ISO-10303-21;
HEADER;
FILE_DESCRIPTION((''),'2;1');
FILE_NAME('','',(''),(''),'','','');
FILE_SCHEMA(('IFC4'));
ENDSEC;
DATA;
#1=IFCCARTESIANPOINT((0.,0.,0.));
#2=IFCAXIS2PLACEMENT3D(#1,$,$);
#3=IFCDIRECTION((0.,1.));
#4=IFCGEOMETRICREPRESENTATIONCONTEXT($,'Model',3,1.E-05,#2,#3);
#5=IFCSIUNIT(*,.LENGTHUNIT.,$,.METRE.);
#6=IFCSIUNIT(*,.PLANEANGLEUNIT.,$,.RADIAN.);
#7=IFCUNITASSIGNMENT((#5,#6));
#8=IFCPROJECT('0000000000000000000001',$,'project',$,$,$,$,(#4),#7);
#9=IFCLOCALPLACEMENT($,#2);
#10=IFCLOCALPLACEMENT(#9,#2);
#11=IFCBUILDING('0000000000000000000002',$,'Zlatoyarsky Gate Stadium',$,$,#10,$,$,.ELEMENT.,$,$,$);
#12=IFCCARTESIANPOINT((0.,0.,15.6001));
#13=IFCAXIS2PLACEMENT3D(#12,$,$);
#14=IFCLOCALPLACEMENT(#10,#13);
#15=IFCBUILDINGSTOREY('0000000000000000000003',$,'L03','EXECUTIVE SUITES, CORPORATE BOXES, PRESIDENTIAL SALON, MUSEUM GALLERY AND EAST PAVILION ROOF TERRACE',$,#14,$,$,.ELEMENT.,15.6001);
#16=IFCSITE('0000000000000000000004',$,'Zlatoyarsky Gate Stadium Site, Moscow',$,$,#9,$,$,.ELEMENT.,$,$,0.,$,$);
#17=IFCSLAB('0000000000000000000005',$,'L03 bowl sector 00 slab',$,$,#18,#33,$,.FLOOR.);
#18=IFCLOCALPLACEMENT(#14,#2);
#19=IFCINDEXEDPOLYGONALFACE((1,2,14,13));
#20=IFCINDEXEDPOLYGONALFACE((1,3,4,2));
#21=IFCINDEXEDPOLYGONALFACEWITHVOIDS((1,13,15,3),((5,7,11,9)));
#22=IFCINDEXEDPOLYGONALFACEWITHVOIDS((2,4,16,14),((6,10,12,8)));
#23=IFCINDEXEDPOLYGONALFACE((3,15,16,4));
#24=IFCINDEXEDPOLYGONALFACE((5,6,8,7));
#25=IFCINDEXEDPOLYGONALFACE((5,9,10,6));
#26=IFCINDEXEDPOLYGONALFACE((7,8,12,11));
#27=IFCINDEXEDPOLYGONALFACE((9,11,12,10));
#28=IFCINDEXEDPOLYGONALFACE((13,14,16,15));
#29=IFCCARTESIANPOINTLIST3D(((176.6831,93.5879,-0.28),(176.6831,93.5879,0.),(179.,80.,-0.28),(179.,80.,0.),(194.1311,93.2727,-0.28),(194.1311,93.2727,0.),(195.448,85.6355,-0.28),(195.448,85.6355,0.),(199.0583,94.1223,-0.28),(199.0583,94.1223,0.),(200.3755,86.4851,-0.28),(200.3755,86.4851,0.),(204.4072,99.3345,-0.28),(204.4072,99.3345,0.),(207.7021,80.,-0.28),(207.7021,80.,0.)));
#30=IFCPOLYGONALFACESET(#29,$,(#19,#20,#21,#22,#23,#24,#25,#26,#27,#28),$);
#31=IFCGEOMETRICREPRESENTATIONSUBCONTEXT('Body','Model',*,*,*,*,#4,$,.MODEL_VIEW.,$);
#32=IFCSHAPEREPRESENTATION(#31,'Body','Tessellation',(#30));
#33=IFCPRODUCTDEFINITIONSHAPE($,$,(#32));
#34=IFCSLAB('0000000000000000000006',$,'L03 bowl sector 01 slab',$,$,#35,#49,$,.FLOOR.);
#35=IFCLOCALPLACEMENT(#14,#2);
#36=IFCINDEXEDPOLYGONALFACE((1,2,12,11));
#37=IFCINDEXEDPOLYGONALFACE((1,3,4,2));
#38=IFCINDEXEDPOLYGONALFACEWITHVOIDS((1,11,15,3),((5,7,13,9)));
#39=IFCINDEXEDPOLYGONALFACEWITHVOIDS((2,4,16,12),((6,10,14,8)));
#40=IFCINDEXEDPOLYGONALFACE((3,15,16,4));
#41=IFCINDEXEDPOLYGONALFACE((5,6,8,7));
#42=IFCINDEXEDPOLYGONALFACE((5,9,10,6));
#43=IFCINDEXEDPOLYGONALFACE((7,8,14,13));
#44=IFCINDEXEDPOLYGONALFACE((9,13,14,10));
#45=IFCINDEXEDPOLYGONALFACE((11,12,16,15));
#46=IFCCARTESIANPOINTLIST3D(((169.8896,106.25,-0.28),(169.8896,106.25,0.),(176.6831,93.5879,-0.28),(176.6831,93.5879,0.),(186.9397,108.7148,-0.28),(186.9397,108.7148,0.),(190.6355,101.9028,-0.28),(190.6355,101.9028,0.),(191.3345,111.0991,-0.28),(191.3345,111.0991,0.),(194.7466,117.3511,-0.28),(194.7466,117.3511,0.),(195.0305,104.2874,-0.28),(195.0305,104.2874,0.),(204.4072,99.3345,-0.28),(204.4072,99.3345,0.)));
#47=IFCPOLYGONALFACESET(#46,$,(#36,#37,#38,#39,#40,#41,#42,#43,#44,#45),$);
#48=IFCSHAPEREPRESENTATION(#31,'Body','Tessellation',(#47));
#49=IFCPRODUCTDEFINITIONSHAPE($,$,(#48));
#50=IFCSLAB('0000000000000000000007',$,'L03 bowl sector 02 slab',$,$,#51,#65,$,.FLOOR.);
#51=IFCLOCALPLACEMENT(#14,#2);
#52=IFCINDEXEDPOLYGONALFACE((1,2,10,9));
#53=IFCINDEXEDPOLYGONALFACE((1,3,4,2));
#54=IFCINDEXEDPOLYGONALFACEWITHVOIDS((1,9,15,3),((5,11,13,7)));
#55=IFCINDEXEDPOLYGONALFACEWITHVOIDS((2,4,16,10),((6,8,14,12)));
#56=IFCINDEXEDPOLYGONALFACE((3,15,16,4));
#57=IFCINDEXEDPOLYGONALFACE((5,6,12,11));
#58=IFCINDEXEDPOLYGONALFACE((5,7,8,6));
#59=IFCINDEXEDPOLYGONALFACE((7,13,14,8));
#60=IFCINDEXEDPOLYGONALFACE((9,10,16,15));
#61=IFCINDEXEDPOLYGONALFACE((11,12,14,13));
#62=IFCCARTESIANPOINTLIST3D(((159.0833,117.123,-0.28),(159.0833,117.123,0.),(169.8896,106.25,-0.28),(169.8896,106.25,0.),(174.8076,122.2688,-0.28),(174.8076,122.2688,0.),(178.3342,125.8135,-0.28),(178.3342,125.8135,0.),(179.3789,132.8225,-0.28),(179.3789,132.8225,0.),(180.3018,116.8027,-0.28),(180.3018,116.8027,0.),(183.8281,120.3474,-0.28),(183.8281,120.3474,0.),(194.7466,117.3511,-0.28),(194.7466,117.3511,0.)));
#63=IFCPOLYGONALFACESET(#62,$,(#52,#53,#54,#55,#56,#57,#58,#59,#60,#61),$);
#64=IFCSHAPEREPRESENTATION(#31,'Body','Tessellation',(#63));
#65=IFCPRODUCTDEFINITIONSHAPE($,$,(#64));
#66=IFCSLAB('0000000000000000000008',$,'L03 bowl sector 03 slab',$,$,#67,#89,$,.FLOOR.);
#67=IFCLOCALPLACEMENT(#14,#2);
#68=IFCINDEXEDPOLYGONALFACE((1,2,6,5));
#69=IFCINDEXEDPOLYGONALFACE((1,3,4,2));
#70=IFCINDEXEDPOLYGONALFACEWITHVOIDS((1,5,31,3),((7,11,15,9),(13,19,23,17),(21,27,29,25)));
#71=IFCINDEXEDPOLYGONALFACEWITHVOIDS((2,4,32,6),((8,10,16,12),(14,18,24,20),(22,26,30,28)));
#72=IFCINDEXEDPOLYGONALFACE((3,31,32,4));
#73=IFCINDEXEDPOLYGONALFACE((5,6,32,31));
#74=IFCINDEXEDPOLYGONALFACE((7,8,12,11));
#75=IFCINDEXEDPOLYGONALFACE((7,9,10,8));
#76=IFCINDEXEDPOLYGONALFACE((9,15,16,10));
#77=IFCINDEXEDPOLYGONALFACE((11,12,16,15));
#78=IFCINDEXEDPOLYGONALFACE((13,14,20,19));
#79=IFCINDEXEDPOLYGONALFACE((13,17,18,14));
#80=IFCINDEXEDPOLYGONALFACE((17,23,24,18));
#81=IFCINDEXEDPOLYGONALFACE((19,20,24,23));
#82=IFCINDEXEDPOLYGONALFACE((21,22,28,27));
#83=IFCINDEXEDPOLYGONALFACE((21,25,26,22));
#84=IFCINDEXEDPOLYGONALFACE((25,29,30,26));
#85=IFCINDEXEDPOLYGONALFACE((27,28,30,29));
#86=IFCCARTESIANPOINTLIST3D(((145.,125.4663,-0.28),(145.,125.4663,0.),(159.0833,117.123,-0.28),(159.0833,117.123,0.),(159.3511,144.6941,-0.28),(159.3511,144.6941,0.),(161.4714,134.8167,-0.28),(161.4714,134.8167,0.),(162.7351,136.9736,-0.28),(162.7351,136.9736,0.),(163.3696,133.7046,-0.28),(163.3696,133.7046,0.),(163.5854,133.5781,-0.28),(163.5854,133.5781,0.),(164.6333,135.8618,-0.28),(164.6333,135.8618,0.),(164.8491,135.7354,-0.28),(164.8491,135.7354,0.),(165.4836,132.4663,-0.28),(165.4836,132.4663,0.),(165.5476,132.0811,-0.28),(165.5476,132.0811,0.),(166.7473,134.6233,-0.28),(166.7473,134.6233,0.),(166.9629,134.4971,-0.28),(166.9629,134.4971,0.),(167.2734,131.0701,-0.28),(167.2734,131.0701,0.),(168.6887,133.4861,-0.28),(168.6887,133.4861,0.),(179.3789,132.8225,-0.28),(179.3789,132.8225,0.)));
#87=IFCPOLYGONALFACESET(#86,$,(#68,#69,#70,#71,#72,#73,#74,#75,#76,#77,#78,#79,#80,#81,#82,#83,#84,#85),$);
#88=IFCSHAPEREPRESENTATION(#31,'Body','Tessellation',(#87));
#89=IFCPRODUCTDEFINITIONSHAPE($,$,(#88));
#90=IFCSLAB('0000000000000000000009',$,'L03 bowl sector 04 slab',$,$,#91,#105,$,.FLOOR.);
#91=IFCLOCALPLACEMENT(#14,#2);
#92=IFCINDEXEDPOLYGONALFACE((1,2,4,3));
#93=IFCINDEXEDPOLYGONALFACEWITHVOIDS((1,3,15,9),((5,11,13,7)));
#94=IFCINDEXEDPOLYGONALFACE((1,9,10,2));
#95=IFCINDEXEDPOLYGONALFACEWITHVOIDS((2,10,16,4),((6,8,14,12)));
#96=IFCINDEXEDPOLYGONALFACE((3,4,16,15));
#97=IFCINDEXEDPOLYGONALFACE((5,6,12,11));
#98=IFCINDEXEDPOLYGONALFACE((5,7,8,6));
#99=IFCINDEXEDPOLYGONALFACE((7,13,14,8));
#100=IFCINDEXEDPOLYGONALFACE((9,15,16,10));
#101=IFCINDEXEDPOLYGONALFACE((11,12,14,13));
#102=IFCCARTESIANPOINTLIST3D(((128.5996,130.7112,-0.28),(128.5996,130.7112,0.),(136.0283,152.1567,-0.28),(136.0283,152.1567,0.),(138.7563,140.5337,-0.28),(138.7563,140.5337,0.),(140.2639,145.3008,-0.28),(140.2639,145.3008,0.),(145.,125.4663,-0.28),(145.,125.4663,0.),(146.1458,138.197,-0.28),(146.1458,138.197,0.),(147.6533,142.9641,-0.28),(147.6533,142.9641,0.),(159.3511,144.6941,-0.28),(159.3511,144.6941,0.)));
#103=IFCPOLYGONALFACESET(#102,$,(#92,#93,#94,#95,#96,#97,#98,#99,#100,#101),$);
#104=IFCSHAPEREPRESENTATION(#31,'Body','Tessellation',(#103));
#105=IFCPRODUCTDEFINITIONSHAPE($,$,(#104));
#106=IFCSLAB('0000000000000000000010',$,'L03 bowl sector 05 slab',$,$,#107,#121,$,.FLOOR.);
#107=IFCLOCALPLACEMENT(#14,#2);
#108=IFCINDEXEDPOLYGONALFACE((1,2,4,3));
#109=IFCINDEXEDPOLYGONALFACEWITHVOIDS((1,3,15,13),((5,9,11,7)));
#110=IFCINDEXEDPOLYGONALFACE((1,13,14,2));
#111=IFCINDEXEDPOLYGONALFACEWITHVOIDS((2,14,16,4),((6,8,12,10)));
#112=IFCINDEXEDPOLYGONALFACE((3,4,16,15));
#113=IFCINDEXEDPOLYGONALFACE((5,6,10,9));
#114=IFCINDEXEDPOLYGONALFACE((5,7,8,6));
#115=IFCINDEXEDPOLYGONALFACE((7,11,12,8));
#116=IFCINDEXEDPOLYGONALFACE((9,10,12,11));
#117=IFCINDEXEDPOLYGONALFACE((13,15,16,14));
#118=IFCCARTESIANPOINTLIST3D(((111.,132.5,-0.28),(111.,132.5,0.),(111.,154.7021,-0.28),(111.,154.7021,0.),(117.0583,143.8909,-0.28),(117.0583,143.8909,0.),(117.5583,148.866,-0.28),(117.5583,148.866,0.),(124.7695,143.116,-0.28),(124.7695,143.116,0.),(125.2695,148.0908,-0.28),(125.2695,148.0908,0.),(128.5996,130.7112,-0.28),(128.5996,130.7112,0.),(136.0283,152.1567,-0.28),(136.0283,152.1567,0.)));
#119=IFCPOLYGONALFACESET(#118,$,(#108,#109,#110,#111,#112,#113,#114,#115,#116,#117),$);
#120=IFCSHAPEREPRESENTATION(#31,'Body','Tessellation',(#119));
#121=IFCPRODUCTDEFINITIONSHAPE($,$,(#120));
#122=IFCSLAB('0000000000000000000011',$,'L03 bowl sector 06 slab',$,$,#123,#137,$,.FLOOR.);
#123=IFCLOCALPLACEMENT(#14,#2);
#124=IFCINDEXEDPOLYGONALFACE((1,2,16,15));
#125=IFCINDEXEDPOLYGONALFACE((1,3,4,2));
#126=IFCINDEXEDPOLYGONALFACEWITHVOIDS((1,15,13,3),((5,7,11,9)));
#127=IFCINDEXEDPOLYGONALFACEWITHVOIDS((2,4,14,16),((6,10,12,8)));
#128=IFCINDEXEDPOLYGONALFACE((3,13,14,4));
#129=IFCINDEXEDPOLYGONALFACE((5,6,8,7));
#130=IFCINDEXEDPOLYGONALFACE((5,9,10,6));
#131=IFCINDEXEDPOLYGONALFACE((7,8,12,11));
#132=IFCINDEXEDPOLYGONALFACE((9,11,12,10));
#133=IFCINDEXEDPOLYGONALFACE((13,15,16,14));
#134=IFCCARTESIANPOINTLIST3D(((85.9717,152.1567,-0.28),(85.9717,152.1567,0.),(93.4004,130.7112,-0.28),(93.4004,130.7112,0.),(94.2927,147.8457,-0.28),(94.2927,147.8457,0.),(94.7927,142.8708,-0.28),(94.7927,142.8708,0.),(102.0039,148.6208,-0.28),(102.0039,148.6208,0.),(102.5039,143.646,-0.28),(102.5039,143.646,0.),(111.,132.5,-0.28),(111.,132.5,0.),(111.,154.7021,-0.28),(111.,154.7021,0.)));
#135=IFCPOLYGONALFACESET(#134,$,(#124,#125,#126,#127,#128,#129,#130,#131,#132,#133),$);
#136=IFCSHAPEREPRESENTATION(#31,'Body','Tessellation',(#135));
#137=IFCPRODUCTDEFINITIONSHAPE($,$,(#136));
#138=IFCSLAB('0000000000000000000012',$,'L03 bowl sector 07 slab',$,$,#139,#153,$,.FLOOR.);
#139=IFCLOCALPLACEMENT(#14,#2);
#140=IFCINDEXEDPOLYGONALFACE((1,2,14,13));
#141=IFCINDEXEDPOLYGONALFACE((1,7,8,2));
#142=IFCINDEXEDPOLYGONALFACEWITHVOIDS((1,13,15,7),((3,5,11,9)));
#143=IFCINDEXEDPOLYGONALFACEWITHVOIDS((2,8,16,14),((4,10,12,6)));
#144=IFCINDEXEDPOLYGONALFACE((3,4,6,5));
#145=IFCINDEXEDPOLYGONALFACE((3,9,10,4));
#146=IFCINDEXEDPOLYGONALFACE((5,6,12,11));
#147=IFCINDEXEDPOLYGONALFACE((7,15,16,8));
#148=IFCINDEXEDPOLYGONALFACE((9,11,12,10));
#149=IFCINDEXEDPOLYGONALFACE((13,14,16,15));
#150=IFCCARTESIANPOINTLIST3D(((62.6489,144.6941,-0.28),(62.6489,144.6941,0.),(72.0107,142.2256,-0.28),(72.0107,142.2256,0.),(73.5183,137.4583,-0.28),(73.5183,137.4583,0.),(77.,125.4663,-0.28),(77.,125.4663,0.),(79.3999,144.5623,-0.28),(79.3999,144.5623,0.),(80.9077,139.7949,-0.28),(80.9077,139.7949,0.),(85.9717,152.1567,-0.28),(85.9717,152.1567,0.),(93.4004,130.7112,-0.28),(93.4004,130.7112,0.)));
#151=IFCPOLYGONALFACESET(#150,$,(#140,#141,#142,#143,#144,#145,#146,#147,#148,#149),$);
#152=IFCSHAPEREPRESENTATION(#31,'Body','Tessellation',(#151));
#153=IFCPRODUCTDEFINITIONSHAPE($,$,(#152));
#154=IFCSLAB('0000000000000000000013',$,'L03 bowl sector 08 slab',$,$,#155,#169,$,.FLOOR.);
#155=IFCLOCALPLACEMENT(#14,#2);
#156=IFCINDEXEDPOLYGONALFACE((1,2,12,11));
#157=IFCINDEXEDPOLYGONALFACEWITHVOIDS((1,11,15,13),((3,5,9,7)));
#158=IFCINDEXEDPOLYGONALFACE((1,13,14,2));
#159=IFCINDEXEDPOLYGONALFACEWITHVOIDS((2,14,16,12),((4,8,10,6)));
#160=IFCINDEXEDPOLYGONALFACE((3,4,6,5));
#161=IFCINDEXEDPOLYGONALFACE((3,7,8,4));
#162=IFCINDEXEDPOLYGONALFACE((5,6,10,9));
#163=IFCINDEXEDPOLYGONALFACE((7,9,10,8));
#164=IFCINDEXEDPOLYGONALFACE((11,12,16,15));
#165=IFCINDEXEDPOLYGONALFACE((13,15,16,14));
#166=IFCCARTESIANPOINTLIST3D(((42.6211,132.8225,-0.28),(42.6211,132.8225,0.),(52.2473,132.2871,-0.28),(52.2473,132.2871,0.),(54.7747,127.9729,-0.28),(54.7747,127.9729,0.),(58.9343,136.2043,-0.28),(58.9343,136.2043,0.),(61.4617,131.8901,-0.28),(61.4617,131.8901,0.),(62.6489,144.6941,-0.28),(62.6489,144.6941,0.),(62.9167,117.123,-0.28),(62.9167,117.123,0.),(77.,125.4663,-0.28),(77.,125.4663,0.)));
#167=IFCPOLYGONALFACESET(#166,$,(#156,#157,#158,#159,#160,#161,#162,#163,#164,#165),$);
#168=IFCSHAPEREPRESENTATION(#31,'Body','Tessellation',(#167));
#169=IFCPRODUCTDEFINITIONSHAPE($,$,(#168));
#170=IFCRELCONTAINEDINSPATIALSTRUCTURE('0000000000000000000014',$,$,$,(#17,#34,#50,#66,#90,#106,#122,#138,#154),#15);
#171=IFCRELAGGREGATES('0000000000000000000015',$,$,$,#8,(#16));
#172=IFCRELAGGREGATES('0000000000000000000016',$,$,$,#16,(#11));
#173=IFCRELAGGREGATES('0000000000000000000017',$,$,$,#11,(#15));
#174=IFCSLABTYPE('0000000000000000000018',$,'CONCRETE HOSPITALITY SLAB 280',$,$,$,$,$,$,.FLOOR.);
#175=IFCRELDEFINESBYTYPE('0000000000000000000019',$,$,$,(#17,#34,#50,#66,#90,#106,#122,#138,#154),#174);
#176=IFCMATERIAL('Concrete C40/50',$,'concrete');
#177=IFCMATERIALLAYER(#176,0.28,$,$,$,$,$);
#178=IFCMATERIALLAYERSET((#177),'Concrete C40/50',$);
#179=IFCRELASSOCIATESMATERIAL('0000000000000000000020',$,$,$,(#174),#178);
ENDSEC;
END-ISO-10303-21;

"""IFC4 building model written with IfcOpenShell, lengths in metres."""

from ifc_helpers import new_model, si_unit, direction, frame, origin, place, context, subcontext, project, spatial, polyline, outline, extrude, material, layer, layer_set, type_object, element, save


model = new_model("IFC4")

# Units and contexts
model_context = context("Model", 3, precision=1e-05, world=origin(), true_north=direction((0.0, 1.0)))
body_context = subcontext(model_context, "Body", "Model", "MODEL_VIEW")
ifc_project = project(units=[si_unit("LENGTHUNIT", "METRE"), si_unit("PLANEANGLEUNIT", "RADIAN")], contexts=[model_context])

# Site, building, storey
site_placement = place(None, origin())
site = spatial("IfcSite", under=ifc_project, at=site_placement, Name="Zlatoyarsky Gate Stadium Site, Moscow", CompositionType="ELEMENT", RefElevation=0.0)
building_placement = place(site_placement, origin())
building = spatial("IfcBuilding", under=site, at=building_placement, Name="Zlatoyarsky Gate Stadium", CompositionType="ELEMENT")
storey_placement = place(building_placement, frame((0.0, 0.0, 15.6001)))
storey = spatial("IfcBuildingStorey", under=building, at=storey_placement, Name="L03", Description="EXECUTIVE SUITES, CORPORATE BOXES, PRESIDENTIAL SALON, MUSEUM GALLERY AND EAST PAVILION ROOF TERRACE", CompositionType="ELEMENT", Elevation=15.6001)

# Slabs
ifc_material = material(Name="Concrete C40/50", Category="concrete")
ifc_layer_1 = layer(ifc_material, 0.28)
ifc_layer_set_1 = layer_set([ifc_layer_1], Name="Concrete C40/50")
slab_type_1 = type_object("IfcSlabType", Name="CONCRETE HOSPITALITY SLAB 280", PredefinedType="FLOOR", material=ifc_layer_set_1)
slab_1_placement = place(storey_placement, frame((0.0, 0.0, -0.28)))
element("IfcSlab", 1, at=slab_1_placement, inside=storey, type_object=slab_type_1, Name="L03 bowl sector 00 slab", PredefinedType="FLOOR", context=body_context, shape_type="SweptSolid", body=[
    extrude(outline(polyline([(176.6831, 93.5879), (204.4072, 99.3345), (207.7021, 80.0), (179.0, 80.0), (176.6831, 93.5879)]), holes=[polyline([(200.3755, 86.4851), (199.0583, 94.1223), (194.1311, 93.2727), (195.448, 85.6355), (200.3755, 86.4851)])]), origin(), (0.0, 0.0, 1.0), 0.28),
])
slab_2_placement = place(storey_placement, frame((0.0, 0.0, -0.28)))
element("IfcSlab", 2, at=slab_2_placement, inside=storey, type_object=slab_type_1, Name="L03 bowl sector 01 slab", PredefinedType="FLOOR", context=body_context, shape_type="SweptSolid", body=[
    extrude(outline(polyline([(169.8896, 106.25), (194.7466, 117.3511), (204.4072, 99.3345), (176.6831, 93.5879), (169.8896, 106.25)]), holes=[polyline([(195.0305, 104.2874), (191.3345, 111.0991), (186.9397, 108.7148), (190.6355, 101.9028), (195.0305, 104.2874)])]), origin(), (0.0, 0.0, 1.0), 0.28),
])
slab_3_placement = place(storey_placement, frame((0.0, 0.0, -0.28)))
element("IfcSlab", 3, at=slab_3_placement, inside=storey, type_object=slab_type_1, Name="L03 bowl sector 02 slab", PredefinedType="FLOOR", context=body_context, shape_type="SweptSolid", body=[
    extrude(outline(polyline([(159.0833, 117.123), (179.3789, 132.8225), (194.7466, 117.3511), (169.8896, 106.25), (159.0833, 117.123)]), holes=[polyline([(183.8281, 120.3474), (178.3342, 125.8135), (174.8076, 122.2688), (180.3018, 116.8027), (183.8281, 120.3474)])]), origin(), (0.0, 0.0, 1.0), 0.28),
])
slab_4_placement = place(storey_placement, frame((0.0, 0.0, -0.28)))
element("IfcSlab", 4, at=slab_4_placement, inside=storey, type_object=slab_type_1, Name="L03 bowl sector 03 slab", PredefinedType="FLOOR", context=body_context, shape_type="SweptSolid", body=[
    extrude(outline(polyline([(145.0, 125.4663), (159.3511, 144.6941), (179.3789, 132.8225), (159.0833, 117.123), (145.0, 125.4663)]), holes=[polyline([(168.6887, 133.4861), (166.9629, 134.4971), (165.5476, 132.0811), (167.2734, 131.0701), (168.6887, 133.4861)]), polyline([(166.7473, 134.6233), (164.8491, 135.7354), (163.5854, 133.5781), (165.4836, 132.4663), (166.7473, 134.6233)]), polyline([(164.6333, 135.8618), (162.7351, 136.9736), (161.4714, 134.8167), (163.3696, 133.7046), (164.6333, 135.8618)])]), origin(), (0.0, 0.0, 1.0), 0.28),
])
slab_5_placement = place(storey_placement, frame((0.0, 0.0, -0.28)))
element("IfcSlab", 5, at=slab_5_placement, inside=storey, type_object=slab_type_1, Name="L03 bowl sector 04 slab", PredefinedType="FLOOR", context=body_context, shape_type="SweptSolid", body=[
    extrude(outline(polyline([(128.5996, 130.7112), (136.0283, 152.1567), (159.3511, 144.6941), (145.0, 125.4663), (128.5996, 130.7112)]), holes=[polyline([(147.6533, 142.9641), (140.2639, 145.3008), (138.7563, 140.5337), (146.1458, 138.197), (147.6533, 142.9641)])]), origin(), (0.0, 0.0, 1.0), 0.28),
])
slab_6_placement = place(storey_placement, frame((0.0, 0.0, -0.28)))
element("IfcSlab", 6, at=slab_6_placement, inside=storey, type_object=slab_type_1, Name="L03 bowl sector 05 slab", PredefinedType="FLOOR", context=body_context, shape_type="SweptSolid", body=[
    extrude(outline(polyline([(111.0, 132.5), (111.0, 154.7021), (136.0283, 152.1567), (128.5996, 130.7112), (111.0, 132.5)]), holes=[polyline([(124.7695, 143.116), (125.2695, 148.0908), (117.5583, 148.866), (117.0583, 143.8909), (124.7695, 143.116)])]), origin(), (0.0, 0.0, 1.0), 0.28),
])
slab_7_placement = place(storey_placement, frame((0.0, 0.0, -0.28)))
element("IfcSlab", 7, at=slab_7_placement, inside=storey, type_object=slab_type_1, Name="L03 bowl sector 06 slab", PredefinedType="FLOOR", context=body_context, shape_type="SweptSolid", body=[
    extrude(outline(polyline([(93.4004, 130.7112), (85.9717, 152.1567), (111.0, 154.7021), (111.0, 132.5), (93.4004, 130.7112)]), holes=[polyline([(102.0039, 148.6208), (94.2927, 147.8457), (94.7927, 142.8708), (102.5039, 143.646), (102.0039, 148.6208)])]), origin(), (0.0, 0.0, 1.0), 0.28),
])
slab_8_placement = place(storey_placement, frame((0.0, 0.0, -0.28)))
element("IfcSlab", 8, at=slab_8_placement, inside=storey, type_object=slab_type_1, Name="L03 bowl sector 07 slab", PredefinedType="FLOOR", context=body_context, shape_type="SweptSolid", body=[
    extrude(outline(polyline([(77.0, 125.4663), (62.6489, 144.6941), (85.9717, 152.1567), (93.4004, 130.7112), (77.0, 125.4663)]), holes=[polyline([(79.3999, 144.5623), (72.0107, 142.2256), (73.5183, 137.4583), (80.9077, 139.7949), (79.3999, 144.5623)])]), origin(), (0.0, 0.0, 1.0), 0.28),
])
slab_9_placement = place(storey_placement, frame((0.0, 0.0, -0.28)))
element("IfcSlab", 9, at=slab_9_placement, inside=storey, type_object=slab_type_1, Name="L03 bowl sector 08 slab", PredefinedType="FLOOR", context=body_context, shape_type="SweptSolid", body=[
    extrude(outline(polyline([(62.9167, 117.123), (42.6211, 132.8225), (62.6489, 144.6941), (77.0, 125.4663), (62.9167, 117.123)]), holes=[polyline([(58.9343, 136.2043), (52.2473, 132.2871), (54.7747, 127.9729), (61.4617, 131.8901), (58.9343, 136.2043)])]), origin(), (0.0, 0.0, 1.0), 0.28),
])

save(model, "model.ifc")
